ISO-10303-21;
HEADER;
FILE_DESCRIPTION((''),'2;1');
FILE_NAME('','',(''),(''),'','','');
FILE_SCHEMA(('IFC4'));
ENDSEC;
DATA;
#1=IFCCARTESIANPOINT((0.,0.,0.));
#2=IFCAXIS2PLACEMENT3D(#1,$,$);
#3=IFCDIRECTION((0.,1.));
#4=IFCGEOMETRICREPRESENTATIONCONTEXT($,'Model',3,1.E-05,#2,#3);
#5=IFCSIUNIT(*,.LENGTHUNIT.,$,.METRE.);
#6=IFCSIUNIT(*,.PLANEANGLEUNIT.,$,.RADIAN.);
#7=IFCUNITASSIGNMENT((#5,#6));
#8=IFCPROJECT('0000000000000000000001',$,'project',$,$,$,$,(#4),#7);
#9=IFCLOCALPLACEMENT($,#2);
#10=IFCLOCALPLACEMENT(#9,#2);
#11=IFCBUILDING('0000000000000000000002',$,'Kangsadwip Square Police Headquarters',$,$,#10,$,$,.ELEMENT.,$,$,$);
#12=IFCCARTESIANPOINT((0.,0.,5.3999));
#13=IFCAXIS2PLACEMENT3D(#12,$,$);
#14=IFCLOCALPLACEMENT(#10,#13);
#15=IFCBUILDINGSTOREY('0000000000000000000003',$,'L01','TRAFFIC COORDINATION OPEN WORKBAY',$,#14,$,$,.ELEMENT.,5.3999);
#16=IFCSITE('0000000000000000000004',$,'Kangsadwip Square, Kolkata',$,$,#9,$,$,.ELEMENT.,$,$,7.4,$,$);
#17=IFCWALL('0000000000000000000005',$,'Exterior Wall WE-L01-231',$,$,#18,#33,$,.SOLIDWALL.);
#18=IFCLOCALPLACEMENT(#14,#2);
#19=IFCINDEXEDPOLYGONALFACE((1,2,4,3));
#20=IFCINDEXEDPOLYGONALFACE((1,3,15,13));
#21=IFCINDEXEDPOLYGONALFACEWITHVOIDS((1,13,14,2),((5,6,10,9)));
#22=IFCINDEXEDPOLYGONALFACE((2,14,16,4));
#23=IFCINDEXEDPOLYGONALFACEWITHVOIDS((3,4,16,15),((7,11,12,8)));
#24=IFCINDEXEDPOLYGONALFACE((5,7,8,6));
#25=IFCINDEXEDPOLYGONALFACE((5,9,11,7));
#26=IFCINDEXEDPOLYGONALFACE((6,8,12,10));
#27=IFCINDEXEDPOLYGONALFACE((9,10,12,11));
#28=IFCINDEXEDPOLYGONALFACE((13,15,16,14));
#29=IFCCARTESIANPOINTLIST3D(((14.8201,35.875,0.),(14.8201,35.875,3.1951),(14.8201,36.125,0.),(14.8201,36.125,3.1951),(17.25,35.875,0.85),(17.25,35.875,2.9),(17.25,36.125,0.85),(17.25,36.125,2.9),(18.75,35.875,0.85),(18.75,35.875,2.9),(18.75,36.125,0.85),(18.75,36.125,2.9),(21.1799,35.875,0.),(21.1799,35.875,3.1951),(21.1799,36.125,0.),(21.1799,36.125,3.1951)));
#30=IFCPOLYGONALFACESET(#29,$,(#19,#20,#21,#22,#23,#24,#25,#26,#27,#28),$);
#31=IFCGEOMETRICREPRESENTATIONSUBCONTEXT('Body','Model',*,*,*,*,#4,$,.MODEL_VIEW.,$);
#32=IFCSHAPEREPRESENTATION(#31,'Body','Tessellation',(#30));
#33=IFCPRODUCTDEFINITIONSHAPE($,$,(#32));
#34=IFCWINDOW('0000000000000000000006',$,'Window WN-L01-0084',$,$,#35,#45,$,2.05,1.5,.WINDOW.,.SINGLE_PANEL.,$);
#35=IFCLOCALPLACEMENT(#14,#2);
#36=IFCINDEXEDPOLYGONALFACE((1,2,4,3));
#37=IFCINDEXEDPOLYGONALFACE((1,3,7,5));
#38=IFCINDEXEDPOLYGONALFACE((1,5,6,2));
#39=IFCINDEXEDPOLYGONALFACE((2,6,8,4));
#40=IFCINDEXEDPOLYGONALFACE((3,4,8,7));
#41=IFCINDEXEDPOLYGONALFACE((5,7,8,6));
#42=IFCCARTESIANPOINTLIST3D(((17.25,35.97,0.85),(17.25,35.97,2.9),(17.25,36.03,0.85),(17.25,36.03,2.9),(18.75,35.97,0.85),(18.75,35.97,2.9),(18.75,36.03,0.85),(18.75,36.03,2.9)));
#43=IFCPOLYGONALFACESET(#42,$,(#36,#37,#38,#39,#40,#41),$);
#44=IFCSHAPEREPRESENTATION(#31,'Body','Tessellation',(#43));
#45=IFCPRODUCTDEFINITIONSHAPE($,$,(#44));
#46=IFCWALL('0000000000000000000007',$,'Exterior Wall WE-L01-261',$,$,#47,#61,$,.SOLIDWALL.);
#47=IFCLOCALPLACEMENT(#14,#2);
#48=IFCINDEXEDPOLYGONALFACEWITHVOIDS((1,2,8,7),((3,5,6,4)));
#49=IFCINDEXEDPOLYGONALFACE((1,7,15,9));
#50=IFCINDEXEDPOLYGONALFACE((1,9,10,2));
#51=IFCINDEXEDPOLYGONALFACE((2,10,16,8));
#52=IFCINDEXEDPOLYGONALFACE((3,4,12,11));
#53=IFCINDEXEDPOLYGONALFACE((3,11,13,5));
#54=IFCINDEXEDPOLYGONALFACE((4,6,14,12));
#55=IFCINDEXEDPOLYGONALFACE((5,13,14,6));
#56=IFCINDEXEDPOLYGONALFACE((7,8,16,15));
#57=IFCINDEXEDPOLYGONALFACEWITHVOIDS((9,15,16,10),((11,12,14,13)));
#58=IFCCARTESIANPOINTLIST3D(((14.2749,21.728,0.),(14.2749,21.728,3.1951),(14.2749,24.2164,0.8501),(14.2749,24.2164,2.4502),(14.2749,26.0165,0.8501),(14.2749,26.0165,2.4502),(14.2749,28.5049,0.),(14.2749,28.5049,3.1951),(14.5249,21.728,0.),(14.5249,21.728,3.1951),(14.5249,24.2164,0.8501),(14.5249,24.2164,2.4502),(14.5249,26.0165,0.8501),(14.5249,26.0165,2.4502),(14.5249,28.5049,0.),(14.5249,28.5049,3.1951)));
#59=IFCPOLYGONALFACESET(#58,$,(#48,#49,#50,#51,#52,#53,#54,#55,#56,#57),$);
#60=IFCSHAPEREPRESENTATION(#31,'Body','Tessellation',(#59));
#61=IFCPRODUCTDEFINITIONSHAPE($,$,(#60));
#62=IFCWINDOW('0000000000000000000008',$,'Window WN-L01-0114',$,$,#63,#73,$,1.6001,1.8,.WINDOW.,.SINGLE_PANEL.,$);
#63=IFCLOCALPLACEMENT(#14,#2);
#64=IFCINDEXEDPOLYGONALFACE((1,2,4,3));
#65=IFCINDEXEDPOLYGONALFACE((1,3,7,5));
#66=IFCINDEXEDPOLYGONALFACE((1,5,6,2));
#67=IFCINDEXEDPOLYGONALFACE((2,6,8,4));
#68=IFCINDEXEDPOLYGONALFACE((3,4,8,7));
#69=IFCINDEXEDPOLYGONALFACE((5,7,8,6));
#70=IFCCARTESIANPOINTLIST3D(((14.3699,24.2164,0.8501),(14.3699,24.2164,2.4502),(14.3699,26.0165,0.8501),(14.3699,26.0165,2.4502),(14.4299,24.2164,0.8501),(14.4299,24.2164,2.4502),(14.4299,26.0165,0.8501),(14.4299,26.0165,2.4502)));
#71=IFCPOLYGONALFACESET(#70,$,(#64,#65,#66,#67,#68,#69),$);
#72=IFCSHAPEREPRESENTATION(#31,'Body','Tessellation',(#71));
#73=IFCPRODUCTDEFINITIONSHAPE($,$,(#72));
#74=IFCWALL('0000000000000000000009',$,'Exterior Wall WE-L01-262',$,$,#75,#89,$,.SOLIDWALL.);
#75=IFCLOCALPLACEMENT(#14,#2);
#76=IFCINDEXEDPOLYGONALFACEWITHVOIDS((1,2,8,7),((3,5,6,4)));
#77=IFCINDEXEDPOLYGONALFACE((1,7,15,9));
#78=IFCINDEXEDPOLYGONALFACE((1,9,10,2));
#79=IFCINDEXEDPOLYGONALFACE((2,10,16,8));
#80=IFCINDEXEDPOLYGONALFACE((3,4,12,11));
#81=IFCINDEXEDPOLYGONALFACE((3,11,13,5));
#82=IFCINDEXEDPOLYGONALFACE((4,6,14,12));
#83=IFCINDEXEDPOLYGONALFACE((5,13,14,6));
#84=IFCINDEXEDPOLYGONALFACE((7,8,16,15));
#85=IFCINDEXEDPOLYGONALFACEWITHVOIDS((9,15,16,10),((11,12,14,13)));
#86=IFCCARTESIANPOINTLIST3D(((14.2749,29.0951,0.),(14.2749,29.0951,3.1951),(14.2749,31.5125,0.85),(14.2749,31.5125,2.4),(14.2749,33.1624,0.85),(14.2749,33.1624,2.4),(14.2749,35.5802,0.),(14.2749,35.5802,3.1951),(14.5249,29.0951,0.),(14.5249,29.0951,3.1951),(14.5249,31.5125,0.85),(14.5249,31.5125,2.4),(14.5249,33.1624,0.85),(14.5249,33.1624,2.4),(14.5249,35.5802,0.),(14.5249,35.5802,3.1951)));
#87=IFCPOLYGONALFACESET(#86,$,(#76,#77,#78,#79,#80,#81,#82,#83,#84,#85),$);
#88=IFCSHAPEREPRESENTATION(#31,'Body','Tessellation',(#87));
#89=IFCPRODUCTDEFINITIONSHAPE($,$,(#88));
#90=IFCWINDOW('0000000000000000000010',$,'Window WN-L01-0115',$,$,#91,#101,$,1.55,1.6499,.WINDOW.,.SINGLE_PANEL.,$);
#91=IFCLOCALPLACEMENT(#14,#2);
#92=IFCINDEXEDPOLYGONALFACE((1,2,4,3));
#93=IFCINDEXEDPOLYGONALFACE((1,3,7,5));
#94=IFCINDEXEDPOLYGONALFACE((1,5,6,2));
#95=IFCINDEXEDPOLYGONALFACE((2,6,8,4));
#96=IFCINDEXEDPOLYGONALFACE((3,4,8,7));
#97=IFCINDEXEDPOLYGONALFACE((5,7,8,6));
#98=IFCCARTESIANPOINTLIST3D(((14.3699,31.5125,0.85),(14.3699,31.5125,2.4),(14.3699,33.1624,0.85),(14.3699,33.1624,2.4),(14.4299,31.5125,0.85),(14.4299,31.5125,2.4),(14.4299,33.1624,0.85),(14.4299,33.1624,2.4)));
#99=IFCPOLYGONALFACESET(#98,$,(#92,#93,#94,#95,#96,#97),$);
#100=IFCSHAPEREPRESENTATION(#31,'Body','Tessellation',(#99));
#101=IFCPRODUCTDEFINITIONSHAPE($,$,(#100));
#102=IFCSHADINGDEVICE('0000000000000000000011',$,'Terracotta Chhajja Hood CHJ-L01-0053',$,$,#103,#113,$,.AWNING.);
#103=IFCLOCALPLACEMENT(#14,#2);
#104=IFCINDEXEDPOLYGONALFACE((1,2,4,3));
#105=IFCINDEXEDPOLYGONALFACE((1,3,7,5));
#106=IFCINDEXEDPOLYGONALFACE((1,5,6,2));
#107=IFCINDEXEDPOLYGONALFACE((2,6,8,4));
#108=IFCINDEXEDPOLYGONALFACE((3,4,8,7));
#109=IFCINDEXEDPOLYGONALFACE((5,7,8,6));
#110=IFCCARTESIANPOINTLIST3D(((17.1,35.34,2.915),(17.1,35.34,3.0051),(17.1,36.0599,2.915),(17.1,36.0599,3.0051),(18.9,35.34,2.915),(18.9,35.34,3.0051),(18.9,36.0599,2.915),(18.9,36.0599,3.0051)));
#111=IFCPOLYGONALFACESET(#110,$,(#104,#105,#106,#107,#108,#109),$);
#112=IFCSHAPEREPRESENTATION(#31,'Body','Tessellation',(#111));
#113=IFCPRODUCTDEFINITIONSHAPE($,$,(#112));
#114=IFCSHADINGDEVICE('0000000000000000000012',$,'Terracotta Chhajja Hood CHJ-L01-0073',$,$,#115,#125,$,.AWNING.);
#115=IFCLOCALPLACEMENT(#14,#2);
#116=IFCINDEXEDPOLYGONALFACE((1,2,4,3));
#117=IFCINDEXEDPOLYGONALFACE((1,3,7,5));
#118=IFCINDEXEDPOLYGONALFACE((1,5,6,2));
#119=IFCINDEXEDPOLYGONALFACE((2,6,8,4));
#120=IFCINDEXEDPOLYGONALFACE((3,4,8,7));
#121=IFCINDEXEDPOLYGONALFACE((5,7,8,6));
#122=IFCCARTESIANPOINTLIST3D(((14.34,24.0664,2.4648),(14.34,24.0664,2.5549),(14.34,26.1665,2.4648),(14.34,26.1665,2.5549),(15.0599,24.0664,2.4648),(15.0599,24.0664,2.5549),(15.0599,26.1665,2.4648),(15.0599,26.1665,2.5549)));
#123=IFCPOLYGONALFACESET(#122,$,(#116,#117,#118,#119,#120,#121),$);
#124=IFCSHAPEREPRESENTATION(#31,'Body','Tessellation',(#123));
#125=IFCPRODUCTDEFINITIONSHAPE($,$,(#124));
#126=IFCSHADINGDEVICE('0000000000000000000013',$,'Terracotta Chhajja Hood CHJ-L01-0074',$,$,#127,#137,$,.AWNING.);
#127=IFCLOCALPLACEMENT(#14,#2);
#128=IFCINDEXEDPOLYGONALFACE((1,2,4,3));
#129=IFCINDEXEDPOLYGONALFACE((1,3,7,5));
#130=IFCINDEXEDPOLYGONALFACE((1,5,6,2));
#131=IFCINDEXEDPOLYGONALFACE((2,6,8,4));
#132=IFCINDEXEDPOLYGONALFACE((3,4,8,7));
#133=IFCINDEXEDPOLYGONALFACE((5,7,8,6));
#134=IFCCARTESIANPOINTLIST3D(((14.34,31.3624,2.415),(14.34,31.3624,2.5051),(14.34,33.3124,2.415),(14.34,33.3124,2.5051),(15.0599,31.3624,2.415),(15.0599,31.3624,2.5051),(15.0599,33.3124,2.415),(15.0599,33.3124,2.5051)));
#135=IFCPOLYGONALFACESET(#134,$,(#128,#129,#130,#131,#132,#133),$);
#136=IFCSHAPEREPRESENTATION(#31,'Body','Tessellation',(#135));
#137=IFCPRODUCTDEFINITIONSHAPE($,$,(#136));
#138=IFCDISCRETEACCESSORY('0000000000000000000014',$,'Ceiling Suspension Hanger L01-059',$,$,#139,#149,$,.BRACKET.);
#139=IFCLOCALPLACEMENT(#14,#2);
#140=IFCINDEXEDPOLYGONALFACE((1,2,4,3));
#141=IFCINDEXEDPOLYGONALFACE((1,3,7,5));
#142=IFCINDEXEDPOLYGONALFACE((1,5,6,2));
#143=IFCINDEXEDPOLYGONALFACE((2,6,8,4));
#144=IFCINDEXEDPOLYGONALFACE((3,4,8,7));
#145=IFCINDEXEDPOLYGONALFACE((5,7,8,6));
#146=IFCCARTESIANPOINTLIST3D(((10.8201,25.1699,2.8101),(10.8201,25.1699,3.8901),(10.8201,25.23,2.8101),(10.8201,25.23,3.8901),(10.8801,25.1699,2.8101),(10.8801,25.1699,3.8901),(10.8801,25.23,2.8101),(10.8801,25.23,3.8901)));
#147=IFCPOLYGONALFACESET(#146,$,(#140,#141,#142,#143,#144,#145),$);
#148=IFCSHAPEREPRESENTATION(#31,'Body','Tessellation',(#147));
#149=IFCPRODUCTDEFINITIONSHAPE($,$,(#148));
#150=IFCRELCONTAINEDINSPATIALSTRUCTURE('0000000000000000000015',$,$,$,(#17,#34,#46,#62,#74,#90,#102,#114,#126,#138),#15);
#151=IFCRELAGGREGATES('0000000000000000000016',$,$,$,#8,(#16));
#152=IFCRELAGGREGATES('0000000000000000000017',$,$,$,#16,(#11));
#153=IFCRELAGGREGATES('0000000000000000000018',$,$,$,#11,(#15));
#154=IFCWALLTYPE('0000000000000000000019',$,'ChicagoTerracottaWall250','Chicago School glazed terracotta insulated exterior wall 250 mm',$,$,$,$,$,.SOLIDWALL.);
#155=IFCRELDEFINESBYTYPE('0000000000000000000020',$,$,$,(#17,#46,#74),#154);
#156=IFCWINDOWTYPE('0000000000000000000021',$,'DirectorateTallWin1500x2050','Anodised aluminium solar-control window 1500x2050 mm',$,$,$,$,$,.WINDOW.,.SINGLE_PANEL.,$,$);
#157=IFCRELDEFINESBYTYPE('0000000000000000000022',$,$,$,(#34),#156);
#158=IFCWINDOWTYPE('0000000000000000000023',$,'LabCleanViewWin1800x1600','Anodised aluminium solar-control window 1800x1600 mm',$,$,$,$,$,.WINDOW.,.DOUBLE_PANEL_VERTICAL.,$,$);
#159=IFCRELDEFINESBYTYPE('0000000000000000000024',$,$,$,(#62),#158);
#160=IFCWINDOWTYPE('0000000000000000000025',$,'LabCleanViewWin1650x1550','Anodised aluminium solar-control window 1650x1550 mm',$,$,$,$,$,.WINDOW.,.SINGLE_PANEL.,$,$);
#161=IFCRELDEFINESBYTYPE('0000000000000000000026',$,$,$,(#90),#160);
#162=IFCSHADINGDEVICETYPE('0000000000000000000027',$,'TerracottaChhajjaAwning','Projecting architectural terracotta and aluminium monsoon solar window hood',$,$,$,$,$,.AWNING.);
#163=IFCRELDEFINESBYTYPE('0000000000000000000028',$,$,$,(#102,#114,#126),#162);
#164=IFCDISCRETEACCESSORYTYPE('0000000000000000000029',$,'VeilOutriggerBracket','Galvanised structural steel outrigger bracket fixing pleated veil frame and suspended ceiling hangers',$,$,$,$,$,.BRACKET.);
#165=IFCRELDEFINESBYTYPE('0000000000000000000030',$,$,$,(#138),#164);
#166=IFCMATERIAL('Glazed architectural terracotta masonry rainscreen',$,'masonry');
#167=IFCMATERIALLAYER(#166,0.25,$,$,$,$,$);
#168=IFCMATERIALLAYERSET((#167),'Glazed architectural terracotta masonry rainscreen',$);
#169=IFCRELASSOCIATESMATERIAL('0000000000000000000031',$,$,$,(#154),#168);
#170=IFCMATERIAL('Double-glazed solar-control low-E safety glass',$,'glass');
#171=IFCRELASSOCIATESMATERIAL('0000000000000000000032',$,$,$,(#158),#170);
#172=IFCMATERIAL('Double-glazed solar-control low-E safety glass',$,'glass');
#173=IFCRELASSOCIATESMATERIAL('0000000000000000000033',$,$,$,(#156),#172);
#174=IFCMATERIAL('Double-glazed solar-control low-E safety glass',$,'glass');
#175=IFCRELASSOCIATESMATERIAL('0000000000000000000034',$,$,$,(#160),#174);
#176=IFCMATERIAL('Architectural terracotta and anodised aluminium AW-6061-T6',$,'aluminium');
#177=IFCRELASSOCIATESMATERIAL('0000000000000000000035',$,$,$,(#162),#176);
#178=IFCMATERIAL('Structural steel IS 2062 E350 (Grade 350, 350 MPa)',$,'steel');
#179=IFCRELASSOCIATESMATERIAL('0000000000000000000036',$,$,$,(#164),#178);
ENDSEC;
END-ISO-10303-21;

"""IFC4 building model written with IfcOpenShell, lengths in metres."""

from ifc_helpers import new_model, si_unit, direction, frame, frame_2d, origin, origin_2d, place, context, subcontext, project, spatial, rectangle, extrude, material, layer, layer_set, type_object, element, fill, save


model = new_model("IFC4")

# Units and contexts
model_context = context("Model", 3, precision=1e-05, world=origin(), true_north=direction((0.0, 1.0)))
body_context = subcontext(model_context, "Body", "Model", "MODEL_VIEW")
ifc_project = project(units=[si_unit("LENGTHUNIT", "METRE"), si_unit("PLANEANGLEUNIT", "RADIAN")], contexts=[model_context])

# Site, building, storey
site_placement = place(None, origin())
site = spatial("IfcSite", under=ifc_project, at=site_placement, Name="Kangsadwip Square, Kolkata", CompositionType="ELEMENT", RefElevation=7.4)
building_placement = place(site_placement, origin())
building = spatial("IfcBuilding", under=site, at=building_placement, Name="Kangsadwip Square Police Headquarters", CompositionType="ELEMENT")
storey_placement = place(building_placement, frame((0.0, 0.0, 5.3999)))
storey = spatial("IfcBuildingStorey", under=building, at=storey_placement, Name="L01", Description="TRAFFIC COORDINATION OPEN WORKBAY", CompositionType="ELEMENT", Elevation=5.3999)

# Walls, openings, windows
ifc_material_1 = material(Name="Glazed architectural terracotta masonry rainscreen", Category="masonry")
ifc_layer_1 = layer(ifc_material_1, 0.25)
ifc_layer_set_1 = layer_set([ifc_layer_1], Name="Glazed architectural terracotta masonry rainscreen")
wall_type_1 = type_object("IfcWallType", Name="ChicagoTerracottaWall250", Description="Chicago School glazed terracotta insulated exterior wall 250 mm", PredefinedType="SOLIDWALL", material=ifc_layer_set_1)
ifc_material_2 = material(Name="Double-glazed solar-control low-E safety glass", Category="glass")
window_type_1 = type_object("IfcWindowType", Name="LabCleanViewWin1800x1600", Description="Anodised aluminium solar-control window 1800x1600 mm", PartitioningType="DOUBLE_PANEL_VERTICAL", PredefinedType="WINDOW", material=ifc_material_2)
ifc_material_3 = material(Name="Double-glazed solar-control low-E safety glass", Category="glass")
window_type_2 = type_object("IfcWindowType", Name="DirectorateTallWin1500x2050", Description="Anodised aluminium solar-control window 1500x2050 mm", PartitioningType="SINGLE_PANEL", PredefinedType="WINDOW", material=ifc_material_3)
wall_1_placement = place(storey_placement, frame((14.8201, 36.0, 0.0), z_axis=(0.0, 0.0, 1.0), x_axis=(1.0, 0.0, 0.0)))
wall_1 = element("IfcWall", 1, at=wall_1_placement, inside=storey, type_object=wall_type_1, Name="Exterior Wall WE-L01-231", PredefinedType="SOLIDWALL", context=body_context, shape_type="SweptSolid", body=[
    extrude(rectangle(XDim=6.3599, YDim=0.25, at=frame_2d((3.1799, 0.0))), origin(), (0.0, 0.0, 1.0), 3.1951),
])
opening_1_placement = place(wall_1_placement, frame((2.4299, 0.0, 0.8501)))
opening_1 = element("IfcOpeningElement", 2, at=opening_1_placement, cuts=wall_1, PredefinedType="OPENING", context=body_context, shape_type="SweptSolid", body=[
    extrude(rectangle(XDim=1.5, YDim=2.05, at=frame_2d((0.75, 1.0249))), frame((0.0, 0.135, 0.0), z_axis=(0.0, -1.0, 0.0), x_axis=(1.0, 0.0, 0.0)), (0.0, 0.0, 1.0), 0.27),
])
window_1_placement = place(opening_1_placement, origin())
window_1 = element("IfcWindow", 3, at=window_1_placement, inside=storey, type_object=window_type_2, Name="Window WN-L01-0084", OverallHeight=2.05, OverallWidth=1.5, PartitioningType="SINGLE_PANEL", PredefinedType="WINDOW", context=body_context, shape_type="SweptSolid", body=[
    extrude(rectangle(XDim=1.5, YDim=2.05, at=frame_2d((0.75, 1.0249))), frame((0.0, 0.03, 0.0), z_axis=(0.0, -1.0, 0.0), x_axis=(1.0, 0.0, 0.0)), (0.0, 0.0, 1.0), 0.0601),
])
fill(opening_1, window_1)
wall_2_placement = place(storey_placement, frame((14.3999, 21.728, 0.0), z_axis=(0.0, 0.0, 1.0), x_axis=(0.0, 1.0, 0.0)))
wall_2 = element("IfcWall", 4, at=wall_2_placement, inside=storey, type_object=wall_type_1, Name="Exterior Wall WE-L01-261", PredefinedType="SOLIDWALL", context=body_context, shape_type="SweptSolid", body=[
    extrude(rectangle(XDim=6.7769, YDim=0.25, at=frame_2d((3.3884, 0.0))), origin(), (0.0, 0.0, 1.0), 3.1951),
])
opening_2_placement = place(wall_2_placement, frame((2.4885, 0.0, 0.8501)))
opening_2 = element("IfcOpeningElement", 5, at=opening_2_placement, cuts=wall_2, PredefinedType="OPENING", context=body_context, shape_type="SweptSolid", body=[
    extrude(rectangle(XDim=1.8, YDim=1.6001, at=frame_2d((0.8999, 0.8))), frame((0.0, 0.135, 0.0), z_axis=(0.0, -1.0, 0.0), x_axis=(1.0, 0.0, 0.0)), (0.0, 0.0, 1.0), 0.27),
])
window_2_placement = place(opening_2_placement, origin())
window_2 = element("IfcWindow", 6, at=window_2_placement, inside=storey, type_object=window_type_1, Name="Window WN-L01-0114", OverallHeight=1.6001, OverallWidth=1.8, PartitioningType="SINGLE_PANEL", PredefinedType="WINDOW", context=body_context, shape_type="SweptSolid", body=[
    extrude(rectangle(XDim=1.8, YDim=1.6001, at=frame_2d((0.8999, 0.8))), frame((0.0, 0.03, 0.0), z_axis=(0.0, -1.0, 0.0), x_axis=(1.0, 0.0, 0.0)), (0.0, 0.0, 1.0), 0.0601),
])
fill(opening_2, window_2)
wall_3_placement = place(storey_placement, frame((14.3999, 29.095, 0.0), z_axis=(0.0, 0.0, 1.0), x_axis=(0.0, 1.0, 0.0)))
wall_3 = element("IfcWall", 7, at=wall_3_placement, inside=storey, type_object=wall_type_1, Name="Exterior Wall WE-L01-262", PredefinedType="SOLIDWALL", context=body_context, shape_type="SweptSolid", body=[
    extrude(rectangle(XDim=6.4851, YDim=0.25, at=frame_2d((3.2427, 0.0))), origin(), (0.0, 0.0, 1.0), 3.1951),
])
opening_3_placement = place(wall_3_placement, frame((2.4175, 0.0, 0.8501)))
opening_3 = element("IfcOpeningElement", 8, at=opening_3_placement, cuts=wall_3, PredefinedType="OPENING", context=body_context, shape_type="SweptSolid", body=[
    extrude(rectangle(XDim=1.6499, YDim=1.55, at=frame_2d((0.825, 0.7749))), frame((0.0, 0.135, 0.0), z_axis=(0.0, -1.0, 0.0), x_axis=(1.0, 0.0, 0.0)), (0.0, 0.0, 1.0), 0.27),
])
ifc_material_4 = material(Name="Double-glazed solar-control low-E safety glass", Category="glass")
window_type_3 = type_object("IfcWindowType", Name="LabCleanViewWin1650x1550", Description="Anodised aluminium solar-control window 1650x1550 mm", PartitioningType="SINGLE_PANEL", PredefinedType="WINDOW", material=ifc_material_4)
window_3_placement = place(opening_3_placement, origin())
window_3 = element("IfcWindow", 9, at=window_3_placement, inside=storey, type_object=window_type_3, Name="Window WN-L01-0115", OverallHeight=1.55, OverallWidth=1.6499, PartitioningType="SINGLE_PANEL", PredefinedType="WINDOW", context=body_context, shape_type="SweptSolid", body=[
    extrude(rectangle(XDim=1.6499, YDim=1.55, at=frame_2d((0.825, 0.7749))), frame((0.0, 0.03, 0.0), z_axis=(0.0, -1.0, 0.0), x_axis=(1.0, 0.0, 0.0)), (0.0, 0.0, 1.0), 0.0601),
])
fill(opening_3, window_3)

# Shading devices
ifc_material_5 = material(Name="Architectural terracotta and anodised aluminium AW-6061-T6", Category="aluminium")
shading_device_type = type_object("IfcShadingDeviceType", Name="TerracottaChhajjaAwning", Description="Projecting architectural terracotta and aluminium monsoon solar window hood", PredefinedType="AWNING", material=ifc_material_5)
shading_device_1_placement = place(storey_placement, frame((18.0, 35.7, 2.915), z_axis=(0.0, 0.0, 1.0), x_axis=(1.0, 0.0, 0.0)))
element("IfcShadingDevice", 10, at=shading_device_1_placement, inside=storey, type_object=shading_device_type, Name="Terracotta Chhajja Hood CHJ-L01-0053", PredefinedType="AWNING", context=body_context, shape_type="SweptSolid", body=[
    extrude(rectangle(XDim=1.8, YDim=0.72, at=origin_2d()), origin(), (0.0, 0.0, 1.0), 0.0901),
])
shading_device_2_placement = place(storey_placement, frame((14.7, 25.1165, 2.4648), z_axis=(0.0, 0.0, 1.0), x_axis=(0.0, 1.0, 0.0)))
element("IfcShadingDevice", 11, at=shading_device_2_placement, inside=storey, type_object=shading_device_type, Name="Terracotta Chhajja Hood CHJ-L01-0073", PredefinedType="AWNING", context=body_context, shape_type="SweptSolid", body=[
    extrude(rectangle(XDim=2.1001, YDim=0.72, at=origin_2d()), origin(), (0.0, 0.0, 1.0), 0.0901),
])
shading_device_3_placement = place(storey_placement, frame((14.7, 32.3374, 2.415), z_axis=(0.0, 0.0, 1.0), x_axis=(0.0, 1.0, 0.0)))
element("IfcShadingDevice", 12, at=shading_device_3_placement, inside=storey, type_object=shading_device_type, Name="Terracotta Chhajja Hood CHJ-L01-0074", PredefinedType="AWNING", context=body_context, shape_type="SweptSolid", body=[
    extrude(rectangle(XDim=1.95, YDim=0.72, at=origin_2d()), origin(), (0.0, 0.0, 1.0), 0.0901),
])

# Discrete accessory
ifc_material_6 = material(Name="Structural steel IS 2062 E350 (Grade 350, 350 MPa)", Category="steel")
discrete_accessory_type = type_object("IfcDiscreteAccessoryType", Name="VeilOutriggerBracket", Description="Galvanised structural steel outrigger bracket fixing pleated veil frame and suspended ceiling hangers", PredefinedType="BRACKET", material=ifc_material_6)
discrete_accessory_placement = place(storey_placement, frame((10.8501, 25.2, 2.8101), z_axis=(0.0, 0.0, 1.0), x_axis=(1.0, 0.0, 0.0)))
element("IfcDiscreteAccessory", 13, at=discrete_accessory_placement, inside=storey, type_object=discrete_accessory_type, Name="Ceiling Suspension Hanger L01-059", PredefinedType="BRACKET", context=body_context, shape_type="SweptSolid", body=[
    extrude(rectangle(XDim=0.0601, YDim=0.0601, at=origin_2d()), origin(), (0.0, 0.0, 1.0), 1.0801),
])

save(model, "model.ifc")
